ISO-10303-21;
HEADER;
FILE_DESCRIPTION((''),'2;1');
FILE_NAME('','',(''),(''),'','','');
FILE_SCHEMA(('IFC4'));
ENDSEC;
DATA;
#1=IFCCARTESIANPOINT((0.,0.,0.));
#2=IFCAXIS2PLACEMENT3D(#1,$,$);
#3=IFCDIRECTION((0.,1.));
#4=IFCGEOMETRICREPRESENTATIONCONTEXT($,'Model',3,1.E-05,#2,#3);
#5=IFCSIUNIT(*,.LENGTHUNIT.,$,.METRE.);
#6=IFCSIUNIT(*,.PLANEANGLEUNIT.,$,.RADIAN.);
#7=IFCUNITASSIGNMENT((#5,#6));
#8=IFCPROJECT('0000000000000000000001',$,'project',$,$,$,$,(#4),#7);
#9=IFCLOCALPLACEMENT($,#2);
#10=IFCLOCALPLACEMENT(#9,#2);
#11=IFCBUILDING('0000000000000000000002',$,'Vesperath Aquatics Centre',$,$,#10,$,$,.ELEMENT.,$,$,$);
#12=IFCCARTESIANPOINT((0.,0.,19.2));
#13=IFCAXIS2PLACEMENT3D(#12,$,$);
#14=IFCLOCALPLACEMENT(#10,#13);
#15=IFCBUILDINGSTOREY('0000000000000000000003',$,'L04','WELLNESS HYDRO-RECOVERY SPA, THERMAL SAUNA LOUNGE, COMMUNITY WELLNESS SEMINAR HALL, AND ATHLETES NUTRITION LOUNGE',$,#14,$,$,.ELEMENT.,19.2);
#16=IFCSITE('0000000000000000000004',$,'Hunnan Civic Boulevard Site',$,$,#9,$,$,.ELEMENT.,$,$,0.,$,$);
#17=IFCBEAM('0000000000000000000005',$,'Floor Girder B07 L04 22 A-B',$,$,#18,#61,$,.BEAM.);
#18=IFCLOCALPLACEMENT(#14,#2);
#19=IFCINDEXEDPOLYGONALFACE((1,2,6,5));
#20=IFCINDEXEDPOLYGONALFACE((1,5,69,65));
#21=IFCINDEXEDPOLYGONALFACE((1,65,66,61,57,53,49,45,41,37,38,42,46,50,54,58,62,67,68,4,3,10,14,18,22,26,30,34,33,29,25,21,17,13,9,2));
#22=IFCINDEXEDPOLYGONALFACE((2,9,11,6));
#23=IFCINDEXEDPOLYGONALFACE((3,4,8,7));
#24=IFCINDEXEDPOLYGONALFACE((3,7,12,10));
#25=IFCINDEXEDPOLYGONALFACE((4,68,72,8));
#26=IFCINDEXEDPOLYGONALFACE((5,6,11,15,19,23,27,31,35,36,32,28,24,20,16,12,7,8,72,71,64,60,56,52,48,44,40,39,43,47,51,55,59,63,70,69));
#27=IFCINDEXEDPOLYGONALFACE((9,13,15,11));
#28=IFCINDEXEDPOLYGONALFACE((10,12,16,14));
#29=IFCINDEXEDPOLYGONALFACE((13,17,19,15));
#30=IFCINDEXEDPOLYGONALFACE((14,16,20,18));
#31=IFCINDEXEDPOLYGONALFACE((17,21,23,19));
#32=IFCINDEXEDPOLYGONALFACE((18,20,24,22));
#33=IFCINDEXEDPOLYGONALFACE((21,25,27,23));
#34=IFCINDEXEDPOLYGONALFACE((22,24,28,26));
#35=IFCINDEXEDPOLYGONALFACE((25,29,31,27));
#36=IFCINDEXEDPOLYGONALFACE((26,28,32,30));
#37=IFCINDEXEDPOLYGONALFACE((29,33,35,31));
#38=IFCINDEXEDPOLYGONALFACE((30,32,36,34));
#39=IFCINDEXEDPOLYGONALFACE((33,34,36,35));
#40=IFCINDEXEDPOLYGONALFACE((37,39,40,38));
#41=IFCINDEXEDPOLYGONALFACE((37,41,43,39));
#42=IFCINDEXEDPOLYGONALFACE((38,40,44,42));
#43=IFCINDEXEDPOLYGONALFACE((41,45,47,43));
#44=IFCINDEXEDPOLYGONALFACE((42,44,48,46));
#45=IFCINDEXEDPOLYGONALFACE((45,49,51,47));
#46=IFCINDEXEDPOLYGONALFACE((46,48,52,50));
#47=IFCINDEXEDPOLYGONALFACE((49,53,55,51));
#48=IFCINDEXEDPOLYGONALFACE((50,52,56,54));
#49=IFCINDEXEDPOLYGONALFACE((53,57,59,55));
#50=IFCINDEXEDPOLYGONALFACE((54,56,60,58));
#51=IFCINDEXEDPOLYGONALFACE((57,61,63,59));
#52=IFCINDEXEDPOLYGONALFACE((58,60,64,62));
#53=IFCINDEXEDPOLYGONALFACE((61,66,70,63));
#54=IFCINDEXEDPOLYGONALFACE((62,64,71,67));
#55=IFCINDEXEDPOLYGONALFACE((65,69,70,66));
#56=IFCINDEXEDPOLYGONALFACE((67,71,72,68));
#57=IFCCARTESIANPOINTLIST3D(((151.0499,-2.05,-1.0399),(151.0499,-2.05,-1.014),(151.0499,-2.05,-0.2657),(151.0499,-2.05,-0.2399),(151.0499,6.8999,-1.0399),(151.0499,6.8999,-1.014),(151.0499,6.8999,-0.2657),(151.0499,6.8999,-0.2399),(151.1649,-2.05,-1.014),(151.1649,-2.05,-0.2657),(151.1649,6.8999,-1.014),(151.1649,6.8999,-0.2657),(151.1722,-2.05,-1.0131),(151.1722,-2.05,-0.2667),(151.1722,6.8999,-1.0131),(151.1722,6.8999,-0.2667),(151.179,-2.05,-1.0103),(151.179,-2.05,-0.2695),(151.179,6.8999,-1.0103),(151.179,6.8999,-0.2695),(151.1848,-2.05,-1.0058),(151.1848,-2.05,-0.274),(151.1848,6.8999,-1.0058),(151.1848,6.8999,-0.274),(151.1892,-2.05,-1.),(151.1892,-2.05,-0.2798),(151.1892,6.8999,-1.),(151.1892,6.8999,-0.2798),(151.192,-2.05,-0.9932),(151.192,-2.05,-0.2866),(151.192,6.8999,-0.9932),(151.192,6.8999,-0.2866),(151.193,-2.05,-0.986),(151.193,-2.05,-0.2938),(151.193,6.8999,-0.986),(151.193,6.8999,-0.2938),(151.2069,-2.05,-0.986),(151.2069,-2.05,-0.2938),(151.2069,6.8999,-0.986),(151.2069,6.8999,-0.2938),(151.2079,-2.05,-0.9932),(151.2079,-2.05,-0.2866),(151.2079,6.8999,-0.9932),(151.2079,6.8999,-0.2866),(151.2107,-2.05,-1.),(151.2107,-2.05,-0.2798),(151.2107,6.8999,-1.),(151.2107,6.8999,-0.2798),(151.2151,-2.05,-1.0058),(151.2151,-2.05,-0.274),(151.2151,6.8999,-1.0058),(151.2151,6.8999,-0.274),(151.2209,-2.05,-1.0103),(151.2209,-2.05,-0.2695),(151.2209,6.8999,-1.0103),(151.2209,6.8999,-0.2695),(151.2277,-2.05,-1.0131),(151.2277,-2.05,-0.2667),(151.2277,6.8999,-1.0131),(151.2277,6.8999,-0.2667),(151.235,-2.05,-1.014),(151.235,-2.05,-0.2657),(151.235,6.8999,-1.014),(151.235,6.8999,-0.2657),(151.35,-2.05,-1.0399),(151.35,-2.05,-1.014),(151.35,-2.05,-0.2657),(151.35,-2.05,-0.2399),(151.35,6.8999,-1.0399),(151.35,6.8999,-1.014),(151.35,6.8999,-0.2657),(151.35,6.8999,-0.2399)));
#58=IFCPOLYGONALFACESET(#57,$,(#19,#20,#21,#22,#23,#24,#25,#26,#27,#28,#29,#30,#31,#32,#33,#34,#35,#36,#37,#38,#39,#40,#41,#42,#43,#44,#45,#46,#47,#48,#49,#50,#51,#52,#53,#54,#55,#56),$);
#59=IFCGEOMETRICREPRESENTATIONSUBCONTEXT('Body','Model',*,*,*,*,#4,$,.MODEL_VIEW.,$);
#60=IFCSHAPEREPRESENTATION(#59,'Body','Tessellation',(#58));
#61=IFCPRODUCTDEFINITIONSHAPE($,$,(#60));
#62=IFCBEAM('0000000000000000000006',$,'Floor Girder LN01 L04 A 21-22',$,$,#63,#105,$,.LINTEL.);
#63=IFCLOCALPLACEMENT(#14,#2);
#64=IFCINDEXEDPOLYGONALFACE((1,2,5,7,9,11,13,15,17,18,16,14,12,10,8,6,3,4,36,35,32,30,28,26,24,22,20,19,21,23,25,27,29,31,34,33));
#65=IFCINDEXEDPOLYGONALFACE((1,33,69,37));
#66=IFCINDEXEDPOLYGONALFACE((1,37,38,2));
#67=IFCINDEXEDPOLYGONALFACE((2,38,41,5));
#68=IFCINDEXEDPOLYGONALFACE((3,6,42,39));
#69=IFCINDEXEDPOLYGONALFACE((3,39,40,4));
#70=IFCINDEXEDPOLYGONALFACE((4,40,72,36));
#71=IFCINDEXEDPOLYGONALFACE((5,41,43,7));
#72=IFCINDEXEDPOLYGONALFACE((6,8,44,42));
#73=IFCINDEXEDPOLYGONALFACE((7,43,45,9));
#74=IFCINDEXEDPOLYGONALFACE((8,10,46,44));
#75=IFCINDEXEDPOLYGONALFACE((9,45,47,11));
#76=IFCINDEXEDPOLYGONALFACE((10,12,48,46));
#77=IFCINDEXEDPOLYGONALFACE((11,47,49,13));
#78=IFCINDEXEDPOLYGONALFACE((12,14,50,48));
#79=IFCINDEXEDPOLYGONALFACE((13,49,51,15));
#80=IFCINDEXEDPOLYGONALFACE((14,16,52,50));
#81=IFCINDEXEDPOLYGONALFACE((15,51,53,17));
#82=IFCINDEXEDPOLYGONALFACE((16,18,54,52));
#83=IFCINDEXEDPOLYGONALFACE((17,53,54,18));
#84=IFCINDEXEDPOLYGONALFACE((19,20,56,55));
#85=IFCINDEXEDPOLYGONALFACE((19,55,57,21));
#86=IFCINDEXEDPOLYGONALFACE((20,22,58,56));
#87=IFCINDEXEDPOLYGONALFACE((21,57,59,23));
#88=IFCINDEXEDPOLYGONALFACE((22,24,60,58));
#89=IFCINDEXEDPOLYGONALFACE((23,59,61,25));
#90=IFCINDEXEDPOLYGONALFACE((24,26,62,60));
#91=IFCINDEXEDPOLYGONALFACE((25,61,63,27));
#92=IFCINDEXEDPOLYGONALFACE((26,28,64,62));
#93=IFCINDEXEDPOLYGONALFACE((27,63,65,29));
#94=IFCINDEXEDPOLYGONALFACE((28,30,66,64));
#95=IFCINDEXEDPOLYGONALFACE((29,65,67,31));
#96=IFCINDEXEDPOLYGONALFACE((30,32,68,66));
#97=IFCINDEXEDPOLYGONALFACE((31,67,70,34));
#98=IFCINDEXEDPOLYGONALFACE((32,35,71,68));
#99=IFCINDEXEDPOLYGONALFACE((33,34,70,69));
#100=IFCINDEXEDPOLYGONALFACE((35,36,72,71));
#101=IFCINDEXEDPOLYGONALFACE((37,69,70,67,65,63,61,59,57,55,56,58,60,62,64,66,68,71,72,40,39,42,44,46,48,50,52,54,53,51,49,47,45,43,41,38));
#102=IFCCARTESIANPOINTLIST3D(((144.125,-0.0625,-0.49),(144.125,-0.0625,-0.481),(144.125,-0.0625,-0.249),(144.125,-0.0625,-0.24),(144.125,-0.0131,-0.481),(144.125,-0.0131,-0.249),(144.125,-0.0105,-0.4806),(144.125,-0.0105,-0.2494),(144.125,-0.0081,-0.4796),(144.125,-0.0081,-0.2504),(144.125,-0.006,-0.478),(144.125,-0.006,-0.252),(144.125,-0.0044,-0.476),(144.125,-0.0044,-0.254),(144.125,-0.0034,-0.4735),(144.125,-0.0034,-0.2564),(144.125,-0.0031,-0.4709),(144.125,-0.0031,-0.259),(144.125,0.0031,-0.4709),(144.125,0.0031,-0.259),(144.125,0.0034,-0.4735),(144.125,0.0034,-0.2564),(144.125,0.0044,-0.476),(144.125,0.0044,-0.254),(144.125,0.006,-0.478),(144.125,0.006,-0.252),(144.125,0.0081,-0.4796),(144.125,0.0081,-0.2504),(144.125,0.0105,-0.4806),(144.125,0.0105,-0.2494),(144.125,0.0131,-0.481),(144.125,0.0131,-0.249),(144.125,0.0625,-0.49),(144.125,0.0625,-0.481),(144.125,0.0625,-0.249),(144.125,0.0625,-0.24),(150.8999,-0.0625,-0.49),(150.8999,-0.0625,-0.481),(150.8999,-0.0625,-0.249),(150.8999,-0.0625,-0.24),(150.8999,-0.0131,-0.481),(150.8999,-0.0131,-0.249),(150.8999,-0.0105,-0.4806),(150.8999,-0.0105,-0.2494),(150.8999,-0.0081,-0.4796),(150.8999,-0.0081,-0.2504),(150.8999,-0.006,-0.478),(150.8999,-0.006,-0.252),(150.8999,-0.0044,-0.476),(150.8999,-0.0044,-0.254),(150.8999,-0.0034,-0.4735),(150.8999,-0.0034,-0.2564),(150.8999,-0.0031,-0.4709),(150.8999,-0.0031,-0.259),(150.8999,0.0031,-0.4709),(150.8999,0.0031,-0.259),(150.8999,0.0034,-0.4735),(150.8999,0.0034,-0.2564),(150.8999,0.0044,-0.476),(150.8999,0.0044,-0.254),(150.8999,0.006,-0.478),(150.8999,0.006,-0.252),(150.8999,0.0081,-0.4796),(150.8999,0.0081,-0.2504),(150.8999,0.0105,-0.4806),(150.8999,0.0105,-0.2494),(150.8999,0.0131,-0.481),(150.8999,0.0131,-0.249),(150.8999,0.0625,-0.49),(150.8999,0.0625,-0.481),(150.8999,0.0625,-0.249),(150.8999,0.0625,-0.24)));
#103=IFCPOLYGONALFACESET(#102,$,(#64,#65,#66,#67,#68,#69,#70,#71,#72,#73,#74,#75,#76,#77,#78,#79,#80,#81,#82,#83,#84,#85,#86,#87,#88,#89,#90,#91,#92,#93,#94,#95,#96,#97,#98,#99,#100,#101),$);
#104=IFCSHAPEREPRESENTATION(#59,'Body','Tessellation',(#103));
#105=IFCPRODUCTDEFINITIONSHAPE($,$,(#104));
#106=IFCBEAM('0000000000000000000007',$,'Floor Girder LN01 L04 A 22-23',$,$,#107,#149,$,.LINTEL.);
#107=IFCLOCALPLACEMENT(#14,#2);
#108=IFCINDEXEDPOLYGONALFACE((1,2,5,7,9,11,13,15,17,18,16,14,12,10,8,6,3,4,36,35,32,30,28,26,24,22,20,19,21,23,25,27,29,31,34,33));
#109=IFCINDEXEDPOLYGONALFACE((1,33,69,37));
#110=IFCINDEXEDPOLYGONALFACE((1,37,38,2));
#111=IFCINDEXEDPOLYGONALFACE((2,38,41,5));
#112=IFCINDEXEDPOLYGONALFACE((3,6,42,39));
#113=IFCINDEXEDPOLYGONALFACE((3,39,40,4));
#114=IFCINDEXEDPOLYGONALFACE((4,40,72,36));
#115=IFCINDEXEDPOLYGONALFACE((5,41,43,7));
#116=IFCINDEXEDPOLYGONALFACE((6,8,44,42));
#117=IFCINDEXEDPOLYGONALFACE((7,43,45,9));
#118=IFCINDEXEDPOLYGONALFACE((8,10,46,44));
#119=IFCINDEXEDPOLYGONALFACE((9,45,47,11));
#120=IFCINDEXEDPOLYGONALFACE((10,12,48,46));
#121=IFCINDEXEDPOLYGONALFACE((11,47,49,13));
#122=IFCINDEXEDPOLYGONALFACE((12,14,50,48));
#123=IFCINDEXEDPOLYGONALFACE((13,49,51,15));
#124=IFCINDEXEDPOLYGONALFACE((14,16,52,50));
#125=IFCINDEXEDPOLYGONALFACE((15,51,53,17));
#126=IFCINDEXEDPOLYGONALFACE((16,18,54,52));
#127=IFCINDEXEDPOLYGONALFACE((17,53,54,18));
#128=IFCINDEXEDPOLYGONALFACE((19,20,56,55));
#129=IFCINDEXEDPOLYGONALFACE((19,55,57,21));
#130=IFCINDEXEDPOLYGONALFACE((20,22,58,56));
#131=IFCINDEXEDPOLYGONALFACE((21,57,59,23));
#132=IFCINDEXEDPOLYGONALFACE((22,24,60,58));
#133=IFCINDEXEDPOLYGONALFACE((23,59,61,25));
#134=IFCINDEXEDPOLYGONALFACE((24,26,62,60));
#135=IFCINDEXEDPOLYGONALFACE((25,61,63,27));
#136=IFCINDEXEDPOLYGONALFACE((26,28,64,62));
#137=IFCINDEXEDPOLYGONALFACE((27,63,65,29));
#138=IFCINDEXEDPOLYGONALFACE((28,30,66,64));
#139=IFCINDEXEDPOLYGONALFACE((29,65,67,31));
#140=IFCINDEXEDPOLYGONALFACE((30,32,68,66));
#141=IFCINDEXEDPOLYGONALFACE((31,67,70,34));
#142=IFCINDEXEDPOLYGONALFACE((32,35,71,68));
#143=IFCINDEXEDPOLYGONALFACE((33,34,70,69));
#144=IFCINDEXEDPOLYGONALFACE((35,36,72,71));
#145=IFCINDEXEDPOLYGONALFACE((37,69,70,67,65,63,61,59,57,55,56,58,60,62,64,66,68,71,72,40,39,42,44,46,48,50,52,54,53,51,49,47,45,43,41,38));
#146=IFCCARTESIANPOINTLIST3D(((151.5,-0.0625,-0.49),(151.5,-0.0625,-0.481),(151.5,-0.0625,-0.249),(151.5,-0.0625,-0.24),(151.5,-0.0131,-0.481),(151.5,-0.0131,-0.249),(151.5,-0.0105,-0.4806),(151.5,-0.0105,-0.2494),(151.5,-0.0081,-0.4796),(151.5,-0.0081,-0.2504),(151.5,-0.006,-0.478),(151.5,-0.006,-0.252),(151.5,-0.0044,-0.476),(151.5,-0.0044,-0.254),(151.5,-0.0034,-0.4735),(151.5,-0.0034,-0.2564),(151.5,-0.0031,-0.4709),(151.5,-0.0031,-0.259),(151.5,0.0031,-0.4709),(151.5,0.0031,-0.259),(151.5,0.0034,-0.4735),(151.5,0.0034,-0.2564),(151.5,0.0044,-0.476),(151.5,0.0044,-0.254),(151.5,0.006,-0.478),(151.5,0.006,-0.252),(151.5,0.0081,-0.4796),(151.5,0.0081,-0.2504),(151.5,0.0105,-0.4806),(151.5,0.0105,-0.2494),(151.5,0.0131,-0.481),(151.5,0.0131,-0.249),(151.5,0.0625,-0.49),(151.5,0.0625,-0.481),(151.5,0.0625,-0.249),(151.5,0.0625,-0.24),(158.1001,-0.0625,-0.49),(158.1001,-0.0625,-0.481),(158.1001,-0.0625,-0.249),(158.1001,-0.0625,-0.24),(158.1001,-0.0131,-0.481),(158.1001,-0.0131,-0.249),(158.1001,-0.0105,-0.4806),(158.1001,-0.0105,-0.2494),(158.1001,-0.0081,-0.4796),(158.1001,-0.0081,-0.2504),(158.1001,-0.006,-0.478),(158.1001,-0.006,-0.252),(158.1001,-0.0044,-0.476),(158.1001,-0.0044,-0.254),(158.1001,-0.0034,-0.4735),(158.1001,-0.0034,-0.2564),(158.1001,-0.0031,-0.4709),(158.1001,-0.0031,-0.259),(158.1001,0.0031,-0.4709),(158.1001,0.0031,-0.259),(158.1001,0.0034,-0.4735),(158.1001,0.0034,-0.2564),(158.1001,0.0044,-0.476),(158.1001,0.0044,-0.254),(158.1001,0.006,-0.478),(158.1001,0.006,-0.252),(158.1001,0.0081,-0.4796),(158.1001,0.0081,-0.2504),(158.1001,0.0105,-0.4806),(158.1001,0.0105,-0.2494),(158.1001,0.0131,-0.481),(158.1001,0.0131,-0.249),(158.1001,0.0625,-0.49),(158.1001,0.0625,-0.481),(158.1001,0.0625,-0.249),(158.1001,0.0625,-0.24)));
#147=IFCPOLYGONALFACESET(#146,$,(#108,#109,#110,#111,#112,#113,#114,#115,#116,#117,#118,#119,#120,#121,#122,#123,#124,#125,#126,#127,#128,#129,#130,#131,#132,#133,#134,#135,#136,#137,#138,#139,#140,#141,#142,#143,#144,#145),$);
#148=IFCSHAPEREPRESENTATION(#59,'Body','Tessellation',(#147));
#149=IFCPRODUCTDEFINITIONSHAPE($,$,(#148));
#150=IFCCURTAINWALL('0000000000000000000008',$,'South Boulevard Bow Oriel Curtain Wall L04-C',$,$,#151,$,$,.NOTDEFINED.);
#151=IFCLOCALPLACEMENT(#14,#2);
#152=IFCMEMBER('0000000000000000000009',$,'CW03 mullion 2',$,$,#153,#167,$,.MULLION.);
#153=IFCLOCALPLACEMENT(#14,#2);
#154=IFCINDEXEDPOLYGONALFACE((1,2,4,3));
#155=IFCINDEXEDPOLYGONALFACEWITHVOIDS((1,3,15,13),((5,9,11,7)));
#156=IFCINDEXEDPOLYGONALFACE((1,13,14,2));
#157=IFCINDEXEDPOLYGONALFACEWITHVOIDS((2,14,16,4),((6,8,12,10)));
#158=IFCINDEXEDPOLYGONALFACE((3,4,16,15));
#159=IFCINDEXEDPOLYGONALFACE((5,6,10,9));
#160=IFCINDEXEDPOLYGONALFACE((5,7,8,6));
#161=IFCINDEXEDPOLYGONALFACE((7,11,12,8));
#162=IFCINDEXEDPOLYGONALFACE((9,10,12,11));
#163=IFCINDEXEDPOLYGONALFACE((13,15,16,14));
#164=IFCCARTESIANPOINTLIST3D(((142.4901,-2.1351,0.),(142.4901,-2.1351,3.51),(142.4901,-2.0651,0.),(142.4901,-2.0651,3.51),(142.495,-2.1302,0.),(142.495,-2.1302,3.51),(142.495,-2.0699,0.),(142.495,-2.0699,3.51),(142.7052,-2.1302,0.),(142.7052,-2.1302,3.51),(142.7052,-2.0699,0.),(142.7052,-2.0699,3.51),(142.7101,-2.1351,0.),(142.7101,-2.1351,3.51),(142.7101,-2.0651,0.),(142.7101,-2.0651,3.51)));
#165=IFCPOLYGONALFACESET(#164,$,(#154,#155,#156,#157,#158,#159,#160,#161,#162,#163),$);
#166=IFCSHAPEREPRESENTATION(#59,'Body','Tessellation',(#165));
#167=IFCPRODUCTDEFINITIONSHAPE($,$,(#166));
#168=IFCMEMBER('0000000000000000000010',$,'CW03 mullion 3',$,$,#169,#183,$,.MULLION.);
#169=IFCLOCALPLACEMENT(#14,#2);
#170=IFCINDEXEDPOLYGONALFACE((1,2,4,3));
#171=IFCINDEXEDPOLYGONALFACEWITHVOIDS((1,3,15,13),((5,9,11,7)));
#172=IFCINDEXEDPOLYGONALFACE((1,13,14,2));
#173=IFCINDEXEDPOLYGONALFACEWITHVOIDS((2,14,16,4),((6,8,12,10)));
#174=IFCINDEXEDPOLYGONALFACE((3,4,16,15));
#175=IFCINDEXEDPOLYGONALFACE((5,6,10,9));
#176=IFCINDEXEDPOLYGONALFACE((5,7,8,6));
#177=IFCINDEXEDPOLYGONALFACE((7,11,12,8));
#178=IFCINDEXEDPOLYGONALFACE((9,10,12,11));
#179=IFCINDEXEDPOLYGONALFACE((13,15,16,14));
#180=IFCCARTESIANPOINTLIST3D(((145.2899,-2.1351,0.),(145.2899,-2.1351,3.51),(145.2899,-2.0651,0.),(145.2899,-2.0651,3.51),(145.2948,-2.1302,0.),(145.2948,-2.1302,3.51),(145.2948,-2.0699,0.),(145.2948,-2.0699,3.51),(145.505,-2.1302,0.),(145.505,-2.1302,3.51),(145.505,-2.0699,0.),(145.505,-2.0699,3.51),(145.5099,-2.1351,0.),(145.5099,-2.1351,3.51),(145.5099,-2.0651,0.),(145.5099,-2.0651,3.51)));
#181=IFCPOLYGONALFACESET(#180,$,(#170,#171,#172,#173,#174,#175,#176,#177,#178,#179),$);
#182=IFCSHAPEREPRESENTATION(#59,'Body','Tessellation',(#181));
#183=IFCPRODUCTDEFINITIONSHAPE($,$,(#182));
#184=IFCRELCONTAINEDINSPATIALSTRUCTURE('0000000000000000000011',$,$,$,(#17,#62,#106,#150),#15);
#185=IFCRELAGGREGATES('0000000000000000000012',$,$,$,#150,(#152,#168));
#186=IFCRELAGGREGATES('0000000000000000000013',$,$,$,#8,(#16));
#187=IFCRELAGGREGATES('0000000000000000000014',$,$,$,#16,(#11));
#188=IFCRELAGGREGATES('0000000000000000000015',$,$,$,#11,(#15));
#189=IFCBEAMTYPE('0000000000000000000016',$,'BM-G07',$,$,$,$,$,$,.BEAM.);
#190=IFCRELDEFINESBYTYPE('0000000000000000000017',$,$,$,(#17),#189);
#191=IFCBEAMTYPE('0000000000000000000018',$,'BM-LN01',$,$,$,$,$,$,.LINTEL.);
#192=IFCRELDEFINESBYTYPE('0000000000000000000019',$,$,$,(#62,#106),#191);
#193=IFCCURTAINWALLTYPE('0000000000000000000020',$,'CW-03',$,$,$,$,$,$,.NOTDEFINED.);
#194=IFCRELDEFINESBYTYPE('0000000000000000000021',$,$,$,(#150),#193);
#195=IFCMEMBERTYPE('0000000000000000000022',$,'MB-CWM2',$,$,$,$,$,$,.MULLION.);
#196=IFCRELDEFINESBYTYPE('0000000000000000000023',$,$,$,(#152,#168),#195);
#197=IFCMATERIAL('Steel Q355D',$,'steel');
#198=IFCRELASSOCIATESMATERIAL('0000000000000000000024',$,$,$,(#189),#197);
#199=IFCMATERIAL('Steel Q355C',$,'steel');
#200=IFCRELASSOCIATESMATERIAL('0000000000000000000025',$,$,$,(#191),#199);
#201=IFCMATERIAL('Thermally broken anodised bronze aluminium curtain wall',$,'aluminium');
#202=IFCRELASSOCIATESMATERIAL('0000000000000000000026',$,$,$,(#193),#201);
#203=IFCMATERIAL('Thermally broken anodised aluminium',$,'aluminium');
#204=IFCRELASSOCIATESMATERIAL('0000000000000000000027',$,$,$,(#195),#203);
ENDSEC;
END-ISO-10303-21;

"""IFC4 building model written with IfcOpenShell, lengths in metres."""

from ifc_helpers import new_model, si_unit, direction, frame, origin, origin_2d, place, context, subcontext, project, spatial, hollow_rectangle, i_section, extrude, material, material_profile, profile_set, type_object, element, aggregate, save


model = new_model("IFC4")

# Units and contexts
model_context = context("Model", 3, precision=1e-05, world=origin(), true_north=direction((0.0, 1.0)))
body_context = subcontext(model_context, "Body", "Model", "MODEL_VIEW")
ifc_project = project(units=[si_unit("LENGTHUNIT", "METRE"), si_unit("PLANEANGLEUNIT", "RADIAN")], contexts=[model_context])

# Site, building, storey
site_placement = place(None, origin())
site = spatial("IfcSite", under=ifc_project, at=site_placement, Name="Hunnan Civic Boulevard Site", CompositionType="ELEMENT", RefElevation=0.0)
building_placement = place(site_placement, origin())
building = spatial("IfcBuilding", under=site, at=building_placement, Name="Vesperath Aquatics Centre", CompositionType="ELEMENT")
storey_placement = place(building_placement, frame((0.0, 0.0, 19.2)))
storey = spatial("IfcBuildingStorey", under=building, at=storey_placement, Name="L04", Description="WELLNESS HYDRO-RECOVERY SPA, THERMAL SAUNA LOUNGE, COMMUNITY WELLNESS SEMINAR HALL, AND ATHLETES NUTRITION LOUNGE", CompositionType="ELEMENT", Elevation=19.2)

# Shared definitions
ifc_material_1 = material(Name="Steel Q355C", Category="steel")
ifc_material_2 = material(Name="Steel Q355D", Category="steel")

# Beams
ifc_material_profile_1 = material_profile(ifc_material_2, i_section(OverallWidth=0.3, OverallDepth=0.8, WebThickness=0.0139, FlangeThickness=0.0259, FilletRadius=0.0281, at=origin_2d()), Name="HN 800x300x14x26")
ifc_profile_set_1 = profile_set([ifc_material_profile_1], Name="Steel Q355D")
beam_type_1 = type_object("IfcBeamType", Name="BM-G07", PredefinedType="BEAM", material=ifc_profile_set_1)
for number, where, z_axis, x_axis, name in (
    (1, (151.2, -2.05, -0.6399), (0.0, 1.0, 0.0), (-1.0, 0.0, 0.0), "Floor Girder B07 L04 22 A-B"),
):
    element("IfcBeam", number, at=place(storey_placement, frame(where, z_axis=z_axis, x_axis=x_axis)), inside=storey, type_object=beam_type_1, Name=name, PredefinedType="BEAM", context=body_context, shape_type="SweptSolid", body=[
        extrude(i_section(OverallWidth=0.3, OverallDepth=0.8, WebThickness=0.0139, FlangeThickness=0.0259, FilletRadius=0.0281, at=origin_2d()), origin(), (0.0, 0.0, 1.0), 8.95),
    ])
ifc_material_profile_2 = material_profile(ifc_material_1, i_section(OverallWidth=0.125, OverallDepth=0.25, WebThickness=0.0061, FlangeThickness=0.009, FilletRadius=0.01, at=origin_2d()), Name="HN 250x125x6x9")
ifc_profile_set_2 = profile_set([ifc_material_profile_2], Name="Steel Q355C")
beam_type_2 = type_object("IfcBeamType", Name="BM-LN01", PredefinedType="LINTEL", material=ifc_profile_set_2)
beam_1_placement = place(storey_placement, frame((144.125, 0.0, -0.365), z_axis=(1.0, 0.0, 0.0), x_axis=(0.0, 1.0, 0.0)))
element("IfcBeam", 2, at=beam_1_placement, inside=storey, type_object=beam_type_2, Name="Floor Girder LN01 L04 A 21-22", PredefinedType="LINTEL", context=body_context, shape_type="SweptSolid", body=[
    extrude(i_section(OverallWidth=0.125, OverallDepth=0.25, WebThickness=0.0061, FlangeThickness=0.009, FilletRadius=0.01, at=origin_2d()), origin(), (0.0, 0.0, 1.0), 6.7749),
])
beam_2_placement = place(storey_placement, frame((151.5, 0.0, -0.365), z_axis=(1.0, 0.0, 0.0), x_axis=(0.0, 1.0, 0.0)))
element("IfcBeam", 3, at=beam_2_placement, inside=storey, type_object=beam_type_2, Name="Floor Girder LN01 L04 A 22-23", PredefinedType="LINTEL", context=body_context, shape_type="SweptSolid", body=[
    extrude(i_section(OverallWidth=0.125, OverallDepth=0.25, WebThickness=0.0061, FlangeThickness=0.009, FilletRadius=0.01, at=origin_2d()), origin(), (0.0, 0.0, 1.0), 6.6001),
])

# Curtain wall, members
ifc_material_3 = material(Name="Thermally broken anodised bronze aluminium curtain wall", Category="aluminium")
curtain_wall_type = type_object("IfcCurtainWallType", Name="CW-03", PredefinedType="NOTDEFINED", material=ifc_material_3)
curtain_wall_1_placement = place(storey_placement, origin())
curtain_wall_1 = element("IfcCurtainWall", 4, at=curtain_wall_1_placement, inside=storey, type_object=curtain_wall_type, Name="South Boulevard Bow Oriel Curtain Wall L04-C", PredefinedType="NOTDEFINED")
ifc_material_4 = material(Name="Thermally broken anodised aluminium", Category="aluminium")
ifc_material_profile_3 = material_profile(ifc_material_4, hollow_rectangle(XDim=0.0701, YDim=0.22, WallThickness=0.0049, at=origin_2d()), Name="CWM 70x220x5")
ifc_profile_set_3 = profile_set([ifc_material_profile_3], Name="Thermally broken anodised aluminium")
member_type_1 = type_object("IfcMemberType", Name="MB-CWM2", PredefinedType="MULLION", material=ifc_profile_set_3)
member_1_placement = place(storey_placement, frame((142.6001, -2.1001, 0.0), z_axis=(0.0, 0.0, 1.0), x_axis=(0.0, 1.0, 0.0)))
member_1 = element("IfcMember", 5, at=member_1_placement, type_object=member_type_1, Name="CW03 mullion 2", PredefinedType="MULLION", context=body_context, shape_type="SweptSolid", body=[
    extrude(hollow_rectangle(XDim=0.0701, YDim=0.22, WallThickness=0.0049, at=origin_2d()), origin(), (0.0, 0.0, 1.0), 3.51),
])
member_2_placement = place(storey_placement, frame((145.3999, -2.1001, 0.0), z_axis=(0.0, 0.0, 1.0), x_axis=(0.0, 1.0, 0.0)))
member_2 = element("IfcMember", 6, at=member_2_placement, type_object=member_type_1, Name="CW03 mullion 3", PredefinedType="MULLION", context=body_context, shape_type="SweptSolid", body=[
    extrude(hollow_rectangle(XDim=0.0701, YDim=0.22, WallThickness=0.0049, at=origin_2d()), origin(), (0.0, 0.0, 1.0), 3.51),
])

aggregate(curtain_wall_1, [member_1, member_2])

save(model, "model.ifc")
